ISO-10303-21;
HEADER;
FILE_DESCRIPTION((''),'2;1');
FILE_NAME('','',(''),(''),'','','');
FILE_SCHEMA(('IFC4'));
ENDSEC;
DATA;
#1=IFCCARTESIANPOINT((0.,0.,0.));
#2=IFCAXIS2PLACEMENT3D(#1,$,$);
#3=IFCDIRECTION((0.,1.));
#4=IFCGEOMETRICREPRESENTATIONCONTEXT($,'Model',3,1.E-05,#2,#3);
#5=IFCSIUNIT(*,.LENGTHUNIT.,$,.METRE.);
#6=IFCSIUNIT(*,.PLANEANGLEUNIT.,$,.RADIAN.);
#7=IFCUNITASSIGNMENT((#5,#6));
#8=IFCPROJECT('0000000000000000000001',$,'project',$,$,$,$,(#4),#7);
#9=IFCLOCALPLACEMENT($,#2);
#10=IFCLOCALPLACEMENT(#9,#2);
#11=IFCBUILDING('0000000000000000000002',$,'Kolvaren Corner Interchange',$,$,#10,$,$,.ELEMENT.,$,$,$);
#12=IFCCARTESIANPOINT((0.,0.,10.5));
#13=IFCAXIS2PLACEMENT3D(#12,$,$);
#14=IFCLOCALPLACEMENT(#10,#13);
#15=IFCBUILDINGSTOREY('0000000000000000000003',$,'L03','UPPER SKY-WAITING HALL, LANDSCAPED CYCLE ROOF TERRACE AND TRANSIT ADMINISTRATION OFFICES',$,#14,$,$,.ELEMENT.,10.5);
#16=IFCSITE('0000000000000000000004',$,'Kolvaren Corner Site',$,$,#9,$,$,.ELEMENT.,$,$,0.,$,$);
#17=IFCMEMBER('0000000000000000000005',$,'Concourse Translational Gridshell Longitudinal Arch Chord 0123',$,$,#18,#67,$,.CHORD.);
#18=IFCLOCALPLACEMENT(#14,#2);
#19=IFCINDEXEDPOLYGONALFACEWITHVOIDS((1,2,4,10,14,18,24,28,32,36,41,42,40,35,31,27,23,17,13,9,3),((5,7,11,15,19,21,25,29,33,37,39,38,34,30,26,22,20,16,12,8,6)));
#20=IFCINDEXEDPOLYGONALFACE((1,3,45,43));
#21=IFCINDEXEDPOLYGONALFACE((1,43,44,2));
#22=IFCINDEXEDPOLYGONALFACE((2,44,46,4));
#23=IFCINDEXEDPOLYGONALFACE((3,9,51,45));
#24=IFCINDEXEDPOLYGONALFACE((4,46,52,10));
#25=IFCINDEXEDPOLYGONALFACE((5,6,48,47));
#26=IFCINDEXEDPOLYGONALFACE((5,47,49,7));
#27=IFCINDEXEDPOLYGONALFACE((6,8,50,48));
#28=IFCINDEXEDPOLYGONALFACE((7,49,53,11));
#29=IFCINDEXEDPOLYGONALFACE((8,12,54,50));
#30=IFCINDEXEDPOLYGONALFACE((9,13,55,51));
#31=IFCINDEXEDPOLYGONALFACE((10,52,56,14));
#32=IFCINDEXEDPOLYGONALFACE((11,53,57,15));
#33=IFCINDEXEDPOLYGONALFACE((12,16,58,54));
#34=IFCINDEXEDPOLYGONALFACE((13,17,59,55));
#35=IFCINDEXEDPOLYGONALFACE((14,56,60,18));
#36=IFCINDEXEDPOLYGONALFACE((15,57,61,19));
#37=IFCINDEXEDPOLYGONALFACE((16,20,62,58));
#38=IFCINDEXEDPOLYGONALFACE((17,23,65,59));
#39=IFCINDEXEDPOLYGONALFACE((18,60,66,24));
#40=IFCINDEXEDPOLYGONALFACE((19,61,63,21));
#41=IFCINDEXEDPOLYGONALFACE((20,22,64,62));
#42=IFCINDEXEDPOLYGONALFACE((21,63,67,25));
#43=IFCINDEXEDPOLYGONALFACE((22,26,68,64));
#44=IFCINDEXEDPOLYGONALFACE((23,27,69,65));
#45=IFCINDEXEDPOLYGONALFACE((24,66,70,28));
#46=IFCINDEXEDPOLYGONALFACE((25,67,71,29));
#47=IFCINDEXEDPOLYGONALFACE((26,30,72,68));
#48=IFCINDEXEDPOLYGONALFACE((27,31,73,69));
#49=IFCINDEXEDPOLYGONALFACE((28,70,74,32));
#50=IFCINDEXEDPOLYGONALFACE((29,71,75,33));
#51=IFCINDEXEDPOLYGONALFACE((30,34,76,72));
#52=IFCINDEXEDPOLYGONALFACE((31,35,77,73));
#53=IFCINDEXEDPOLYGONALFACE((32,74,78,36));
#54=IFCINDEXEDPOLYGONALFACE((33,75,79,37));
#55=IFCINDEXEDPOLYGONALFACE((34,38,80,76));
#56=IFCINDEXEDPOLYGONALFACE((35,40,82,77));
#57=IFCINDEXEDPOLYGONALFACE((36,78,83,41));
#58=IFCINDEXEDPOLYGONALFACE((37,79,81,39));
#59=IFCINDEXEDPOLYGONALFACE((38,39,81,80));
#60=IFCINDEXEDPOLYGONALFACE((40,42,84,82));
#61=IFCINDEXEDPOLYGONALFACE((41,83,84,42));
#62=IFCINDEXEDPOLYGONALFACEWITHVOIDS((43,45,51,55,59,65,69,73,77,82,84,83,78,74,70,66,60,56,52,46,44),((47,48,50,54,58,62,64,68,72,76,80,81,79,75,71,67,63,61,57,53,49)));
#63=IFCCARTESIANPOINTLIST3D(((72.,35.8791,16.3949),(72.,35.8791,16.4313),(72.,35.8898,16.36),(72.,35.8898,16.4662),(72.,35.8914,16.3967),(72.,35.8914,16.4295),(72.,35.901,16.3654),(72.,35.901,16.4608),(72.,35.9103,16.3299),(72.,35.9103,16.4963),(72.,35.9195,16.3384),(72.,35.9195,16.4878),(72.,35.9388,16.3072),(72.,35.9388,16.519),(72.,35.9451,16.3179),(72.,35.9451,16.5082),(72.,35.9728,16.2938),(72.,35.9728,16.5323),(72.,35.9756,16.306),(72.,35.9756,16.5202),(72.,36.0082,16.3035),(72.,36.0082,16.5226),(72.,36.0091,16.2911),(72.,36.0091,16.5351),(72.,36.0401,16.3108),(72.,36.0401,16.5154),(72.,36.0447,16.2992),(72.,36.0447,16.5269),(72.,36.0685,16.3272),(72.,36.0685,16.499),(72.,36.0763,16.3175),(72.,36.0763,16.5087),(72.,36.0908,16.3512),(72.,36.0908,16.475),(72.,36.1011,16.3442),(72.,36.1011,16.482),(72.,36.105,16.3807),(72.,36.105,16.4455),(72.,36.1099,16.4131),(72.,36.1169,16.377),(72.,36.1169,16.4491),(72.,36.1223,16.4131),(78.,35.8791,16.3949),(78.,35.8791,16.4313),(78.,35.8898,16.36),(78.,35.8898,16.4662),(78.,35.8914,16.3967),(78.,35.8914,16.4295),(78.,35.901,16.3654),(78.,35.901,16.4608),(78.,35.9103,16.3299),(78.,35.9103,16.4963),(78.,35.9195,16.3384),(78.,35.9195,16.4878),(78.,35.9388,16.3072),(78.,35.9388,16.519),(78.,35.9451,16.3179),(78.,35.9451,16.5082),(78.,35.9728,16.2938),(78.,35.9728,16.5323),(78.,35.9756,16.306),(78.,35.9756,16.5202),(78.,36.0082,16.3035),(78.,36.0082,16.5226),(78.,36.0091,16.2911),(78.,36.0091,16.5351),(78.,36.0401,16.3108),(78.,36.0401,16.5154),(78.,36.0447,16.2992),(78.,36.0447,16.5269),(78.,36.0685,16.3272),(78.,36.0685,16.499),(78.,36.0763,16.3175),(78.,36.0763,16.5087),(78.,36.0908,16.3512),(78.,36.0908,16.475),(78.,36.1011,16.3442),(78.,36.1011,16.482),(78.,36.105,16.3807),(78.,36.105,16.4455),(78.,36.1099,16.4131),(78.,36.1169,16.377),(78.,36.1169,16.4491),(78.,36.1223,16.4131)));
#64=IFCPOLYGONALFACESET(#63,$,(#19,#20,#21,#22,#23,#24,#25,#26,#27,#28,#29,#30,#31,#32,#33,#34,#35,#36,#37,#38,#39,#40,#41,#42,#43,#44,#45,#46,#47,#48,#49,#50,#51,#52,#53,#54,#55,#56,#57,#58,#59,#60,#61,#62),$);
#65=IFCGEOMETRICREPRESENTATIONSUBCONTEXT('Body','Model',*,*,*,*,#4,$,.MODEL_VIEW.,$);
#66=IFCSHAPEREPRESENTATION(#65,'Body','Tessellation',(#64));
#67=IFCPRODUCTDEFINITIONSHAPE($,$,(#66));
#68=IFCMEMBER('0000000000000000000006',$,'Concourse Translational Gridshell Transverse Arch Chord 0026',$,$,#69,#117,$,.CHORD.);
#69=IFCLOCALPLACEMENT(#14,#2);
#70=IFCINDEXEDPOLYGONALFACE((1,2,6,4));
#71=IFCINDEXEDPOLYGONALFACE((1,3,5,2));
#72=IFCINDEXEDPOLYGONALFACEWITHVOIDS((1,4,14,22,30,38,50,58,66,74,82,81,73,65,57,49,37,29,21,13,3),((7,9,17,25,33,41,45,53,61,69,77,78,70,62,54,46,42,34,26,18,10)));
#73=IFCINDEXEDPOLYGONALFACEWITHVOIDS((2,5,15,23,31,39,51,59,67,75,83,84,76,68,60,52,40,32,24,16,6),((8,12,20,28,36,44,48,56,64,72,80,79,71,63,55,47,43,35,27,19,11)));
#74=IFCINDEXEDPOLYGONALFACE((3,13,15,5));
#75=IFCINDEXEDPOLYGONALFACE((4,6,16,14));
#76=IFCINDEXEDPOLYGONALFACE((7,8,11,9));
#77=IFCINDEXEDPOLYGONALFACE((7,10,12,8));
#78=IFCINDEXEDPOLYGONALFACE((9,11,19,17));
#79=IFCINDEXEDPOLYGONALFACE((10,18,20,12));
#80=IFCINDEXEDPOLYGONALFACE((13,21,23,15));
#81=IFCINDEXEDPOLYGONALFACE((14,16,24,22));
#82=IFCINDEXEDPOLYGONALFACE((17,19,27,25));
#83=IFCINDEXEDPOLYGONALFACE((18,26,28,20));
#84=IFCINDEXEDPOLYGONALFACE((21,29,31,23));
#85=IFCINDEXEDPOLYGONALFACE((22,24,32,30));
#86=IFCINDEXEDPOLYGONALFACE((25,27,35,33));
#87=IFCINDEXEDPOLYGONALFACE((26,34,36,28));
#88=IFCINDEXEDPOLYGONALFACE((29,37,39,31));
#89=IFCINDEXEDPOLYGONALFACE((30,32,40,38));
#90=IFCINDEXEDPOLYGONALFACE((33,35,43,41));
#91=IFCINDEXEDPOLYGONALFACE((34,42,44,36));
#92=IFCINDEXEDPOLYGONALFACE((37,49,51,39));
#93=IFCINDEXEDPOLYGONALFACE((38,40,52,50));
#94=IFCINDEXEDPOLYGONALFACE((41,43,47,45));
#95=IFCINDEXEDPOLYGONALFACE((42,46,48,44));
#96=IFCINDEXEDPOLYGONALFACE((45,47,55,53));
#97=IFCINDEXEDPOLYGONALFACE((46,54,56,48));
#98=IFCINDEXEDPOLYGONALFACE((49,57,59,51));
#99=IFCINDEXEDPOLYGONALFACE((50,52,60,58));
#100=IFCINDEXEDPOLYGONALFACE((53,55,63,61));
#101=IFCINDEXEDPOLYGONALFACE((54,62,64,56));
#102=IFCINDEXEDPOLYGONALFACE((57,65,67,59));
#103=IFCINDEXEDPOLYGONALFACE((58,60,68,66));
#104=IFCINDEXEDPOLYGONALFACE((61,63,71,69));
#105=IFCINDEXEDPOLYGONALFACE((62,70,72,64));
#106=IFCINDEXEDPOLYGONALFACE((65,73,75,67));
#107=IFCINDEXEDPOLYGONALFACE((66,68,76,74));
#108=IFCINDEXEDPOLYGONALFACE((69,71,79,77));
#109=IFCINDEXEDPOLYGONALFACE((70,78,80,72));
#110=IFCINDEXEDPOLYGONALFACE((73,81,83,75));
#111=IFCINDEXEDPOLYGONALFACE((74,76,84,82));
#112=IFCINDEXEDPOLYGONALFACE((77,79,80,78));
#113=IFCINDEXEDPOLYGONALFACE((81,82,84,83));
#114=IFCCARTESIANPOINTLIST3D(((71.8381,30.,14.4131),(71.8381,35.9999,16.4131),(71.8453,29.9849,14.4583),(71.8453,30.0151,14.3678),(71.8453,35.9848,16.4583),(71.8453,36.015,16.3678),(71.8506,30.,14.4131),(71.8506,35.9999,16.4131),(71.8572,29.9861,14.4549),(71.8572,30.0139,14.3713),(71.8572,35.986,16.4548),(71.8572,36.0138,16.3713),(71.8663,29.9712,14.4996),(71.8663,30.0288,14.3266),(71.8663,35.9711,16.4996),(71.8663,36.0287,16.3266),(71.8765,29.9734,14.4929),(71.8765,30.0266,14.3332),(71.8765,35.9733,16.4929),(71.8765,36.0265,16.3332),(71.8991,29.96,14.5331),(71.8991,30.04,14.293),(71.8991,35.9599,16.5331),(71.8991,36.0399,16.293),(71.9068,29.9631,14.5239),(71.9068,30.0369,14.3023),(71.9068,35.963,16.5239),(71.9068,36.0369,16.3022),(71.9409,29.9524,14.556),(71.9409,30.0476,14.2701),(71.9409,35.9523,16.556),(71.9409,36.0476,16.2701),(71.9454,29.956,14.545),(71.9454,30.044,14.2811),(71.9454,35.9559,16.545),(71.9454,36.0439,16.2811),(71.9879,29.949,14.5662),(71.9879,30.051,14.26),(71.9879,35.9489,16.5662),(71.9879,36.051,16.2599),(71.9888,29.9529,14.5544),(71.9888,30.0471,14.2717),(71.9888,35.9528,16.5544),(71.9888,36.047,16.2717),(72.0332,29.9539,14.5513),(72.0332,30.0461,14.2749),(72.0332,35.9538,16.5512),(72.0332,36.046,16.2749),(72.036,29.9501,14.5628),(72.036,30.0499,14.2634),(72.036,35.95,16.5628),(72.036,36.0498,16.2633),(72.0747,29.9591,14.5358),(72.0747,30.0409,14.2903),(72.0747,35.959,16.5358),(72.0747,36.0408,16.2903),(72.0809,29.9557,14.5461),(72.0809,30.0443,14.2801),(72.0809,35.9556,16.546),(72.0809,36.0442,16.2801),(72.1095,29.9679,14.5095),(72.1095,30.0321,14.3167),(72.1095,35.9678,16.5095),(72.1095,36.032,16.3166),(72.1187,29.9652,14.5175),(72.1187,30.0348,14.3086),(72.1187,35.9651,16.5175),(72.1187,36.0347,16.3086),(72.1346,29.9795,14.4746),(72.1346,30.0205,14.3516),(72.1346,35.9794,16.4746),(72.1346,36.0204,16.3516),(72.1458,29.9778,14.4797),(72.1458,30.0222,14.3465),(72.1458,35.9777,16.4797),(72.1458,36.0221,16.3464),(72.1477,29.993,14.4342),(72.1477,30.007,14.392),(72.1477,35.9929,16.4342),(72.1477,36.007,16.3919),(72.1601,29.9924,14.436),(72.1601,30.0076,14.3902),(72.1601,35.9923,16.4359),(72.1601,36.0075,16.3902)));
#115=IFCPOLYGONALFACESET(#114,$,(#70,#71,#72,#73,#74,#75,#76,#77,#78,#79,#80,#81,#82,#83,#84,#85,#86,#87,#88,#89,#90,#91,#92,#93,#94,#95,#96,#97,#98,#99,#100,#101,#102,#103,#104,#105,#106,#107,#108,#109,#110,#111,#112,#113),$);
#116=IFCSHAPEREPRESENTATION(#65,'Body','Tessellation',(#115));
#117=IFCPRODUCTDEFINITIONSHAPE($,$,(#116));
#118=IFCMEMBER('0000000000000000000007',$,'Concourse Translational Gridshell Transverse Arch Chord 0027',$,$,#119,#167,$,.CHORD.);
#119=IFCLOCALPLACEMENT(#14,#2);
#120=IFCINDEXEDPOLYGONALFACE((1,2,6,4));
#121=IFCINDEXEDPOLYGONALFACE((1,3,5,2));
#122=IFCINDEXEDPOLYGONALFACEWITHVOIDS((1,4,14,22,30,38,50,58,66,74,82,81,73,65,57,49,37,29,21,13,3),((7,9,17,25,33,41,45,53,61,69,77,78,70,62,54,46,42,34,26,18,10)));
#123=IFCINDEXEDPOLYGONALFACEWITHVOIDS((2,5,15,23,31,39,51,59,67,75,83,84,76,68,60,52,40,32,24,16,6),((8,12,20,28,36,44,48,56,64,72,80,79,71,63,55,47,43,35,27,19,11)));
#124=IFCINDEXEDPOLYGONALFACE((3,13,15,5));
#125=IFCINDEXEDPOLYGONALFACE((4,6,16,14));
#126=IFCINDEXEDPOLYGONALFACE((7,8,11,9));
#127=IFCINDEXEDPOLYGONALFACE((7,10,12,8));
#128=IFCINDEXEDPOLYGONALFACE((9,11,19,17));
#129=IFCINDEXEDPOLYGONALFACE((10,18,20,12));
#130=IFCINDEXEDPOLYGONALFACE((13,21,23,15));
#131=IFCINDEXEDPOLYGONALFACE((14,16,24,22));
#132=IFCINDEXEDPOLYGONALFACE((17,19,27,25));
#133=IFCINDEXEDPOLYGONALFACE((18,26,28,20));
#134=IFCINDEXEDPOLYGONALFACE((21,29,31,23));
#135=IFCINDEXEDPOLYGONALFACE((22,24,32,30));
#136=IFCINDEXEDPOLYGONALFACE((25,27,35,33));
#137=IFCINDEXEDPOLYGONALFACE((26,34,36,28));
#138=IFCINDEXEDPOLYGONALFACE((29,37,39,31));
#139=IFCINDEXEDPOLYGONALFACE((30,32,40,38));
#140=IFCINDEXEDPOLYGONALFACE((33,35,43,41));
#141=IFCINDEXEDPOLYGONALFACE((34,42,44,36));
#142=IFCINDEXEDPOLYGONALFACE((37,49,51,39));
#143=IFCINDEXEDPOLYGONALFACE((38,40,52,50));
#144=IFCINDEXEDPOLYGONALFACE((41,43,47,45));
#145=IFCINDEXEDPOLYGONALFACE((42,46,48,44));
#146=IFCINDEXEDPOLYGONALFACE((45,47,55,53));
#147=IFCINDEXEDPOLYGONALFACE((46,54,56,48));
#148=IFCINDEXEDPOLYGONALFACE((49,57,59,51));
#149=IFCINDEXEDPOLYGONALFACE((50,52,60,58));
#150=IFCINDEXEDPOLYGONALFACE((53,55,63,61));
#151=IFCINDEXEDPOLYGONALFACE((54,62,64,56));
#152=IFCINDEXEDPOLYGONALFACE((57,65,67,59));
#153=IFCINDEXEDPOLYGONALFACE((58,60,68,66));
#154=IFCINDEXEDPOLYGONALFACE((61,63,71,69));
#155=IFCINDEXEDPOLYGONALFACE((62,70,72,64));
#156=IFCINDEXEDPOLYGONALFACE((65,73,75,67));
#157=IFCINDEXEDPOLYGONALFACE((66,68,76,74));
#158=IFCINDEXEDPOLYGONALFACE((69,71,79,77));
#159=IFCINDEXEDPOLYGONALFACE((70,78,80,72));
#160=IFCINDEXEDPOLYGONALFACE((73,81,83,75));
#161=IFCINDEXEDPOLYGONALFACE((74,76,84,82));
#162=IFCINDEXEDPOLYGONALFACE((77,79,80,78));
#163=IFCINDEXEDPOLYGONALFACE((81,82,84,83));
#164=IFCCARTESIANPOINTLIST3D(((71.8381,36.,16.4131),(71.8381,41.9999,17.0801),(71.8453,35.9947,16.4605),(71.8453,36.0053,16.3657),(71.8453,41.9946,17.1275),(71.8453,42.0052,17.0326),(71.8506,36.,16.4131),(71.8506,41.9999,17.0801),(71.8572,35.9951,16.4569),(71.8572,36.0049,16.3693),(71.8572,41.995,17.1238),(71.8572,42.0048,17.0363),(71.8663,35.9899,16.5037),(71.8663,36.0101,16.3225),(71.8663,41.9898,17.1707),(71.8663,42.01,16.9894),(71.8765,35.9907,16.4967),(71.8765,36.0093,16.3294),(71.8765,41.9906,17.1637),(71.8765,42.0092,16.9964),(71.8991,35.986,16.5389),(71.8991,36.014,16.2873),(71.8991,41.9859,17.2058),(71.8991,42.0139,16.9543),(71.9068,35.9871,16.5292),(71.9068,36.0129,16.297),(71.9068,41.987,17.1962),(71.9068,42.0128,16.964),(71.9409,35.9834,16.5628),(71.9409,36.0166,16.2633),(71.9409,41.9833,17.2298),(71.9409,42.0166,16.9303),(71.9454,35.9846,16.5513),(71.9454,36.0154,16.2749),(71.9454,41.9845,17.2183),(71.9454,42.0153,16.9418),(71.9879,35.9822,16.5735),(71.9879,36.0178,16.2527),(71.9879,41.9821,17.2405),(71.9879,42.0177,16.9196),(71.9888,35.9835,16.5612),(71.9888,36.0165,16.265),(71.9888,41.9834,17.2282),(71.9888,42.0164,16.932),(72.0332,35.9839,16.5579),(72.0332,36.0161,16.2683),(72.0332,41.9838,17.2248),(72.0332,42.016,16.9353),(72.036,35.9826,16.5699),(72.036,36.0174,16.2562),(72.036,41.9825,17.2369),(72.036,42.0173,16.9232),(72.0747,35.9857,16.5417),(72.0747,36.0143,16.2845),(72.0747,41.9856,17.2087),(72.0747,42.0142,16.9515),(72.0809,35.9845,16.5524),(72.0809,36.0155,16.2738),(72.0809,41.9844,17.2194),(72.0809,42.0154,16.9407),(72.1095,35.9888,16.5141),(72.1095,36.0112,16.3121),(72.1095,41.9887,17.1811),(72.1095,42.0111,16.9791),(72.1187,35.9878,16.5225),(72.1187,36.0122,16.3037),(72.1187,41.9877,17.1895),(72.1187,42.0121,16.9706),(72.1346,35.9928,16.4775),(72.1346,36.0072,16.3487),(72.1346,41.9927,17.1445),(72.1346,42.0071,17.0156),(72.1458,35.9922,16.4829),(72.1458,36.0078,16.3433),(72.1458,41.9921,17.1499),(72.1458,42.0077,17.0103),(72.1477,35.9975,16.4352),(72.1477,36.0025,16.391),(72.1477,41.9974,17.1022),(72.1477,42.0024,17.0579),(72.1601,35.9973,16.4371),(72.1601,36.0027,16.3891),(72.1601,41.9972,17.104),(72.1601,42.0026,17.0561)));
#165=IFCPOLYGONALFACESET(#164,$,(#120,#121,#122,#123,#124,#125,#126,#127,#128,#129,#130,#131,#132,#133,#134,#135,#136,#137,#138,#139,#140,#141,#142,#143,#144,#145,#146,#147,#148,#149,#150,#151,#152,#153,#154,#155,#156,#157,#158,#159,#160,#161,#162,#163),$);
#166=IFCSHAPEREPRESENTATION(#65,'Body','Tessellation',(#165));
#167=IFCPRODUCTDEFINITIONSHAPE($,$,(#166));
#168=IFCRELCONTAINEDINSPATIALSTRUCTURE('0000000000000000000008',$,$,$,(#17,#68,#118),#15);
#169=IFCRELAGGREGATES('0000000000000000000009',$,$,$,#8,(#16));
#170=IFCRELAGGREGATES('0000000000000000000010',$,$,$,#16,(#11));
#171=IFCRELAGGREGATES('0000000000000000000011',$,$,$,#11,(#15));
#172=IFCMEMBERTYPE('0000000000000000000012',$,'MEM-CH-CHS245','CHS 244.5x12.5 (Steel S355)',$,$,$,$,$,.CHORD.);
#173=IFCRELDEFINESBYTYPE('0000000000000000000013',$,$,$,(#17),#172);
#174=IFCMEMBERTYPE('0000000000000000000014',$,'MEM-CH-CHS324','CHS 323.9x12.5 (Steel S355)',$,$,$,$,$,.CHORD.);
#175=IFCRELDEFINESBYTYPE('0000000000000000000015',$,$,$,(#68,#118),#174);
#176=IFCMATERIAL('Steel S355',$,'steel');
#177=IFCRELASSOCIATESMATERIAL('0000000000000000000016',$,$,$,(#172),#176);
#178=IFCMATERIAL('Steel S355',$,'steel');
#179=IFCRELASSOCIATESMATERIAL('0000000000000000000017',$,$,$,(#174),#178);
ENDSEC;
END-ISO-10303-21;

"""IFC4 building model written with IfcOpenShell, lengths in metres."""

from ifc_helpers import new_model, si_unit, direction, frame, origin, origin_2d, place, context, subcontext, project, spatial, hollow_circle, extrude, material, material_profile, profile_set, type_object, element, save


model = new_model("IFC4")

# Units and contexts
model_context = context("Model", 3, precision=1e-05, world=origin(), true_north=direction((0.0, 1.0)))
body_context = subcontext(model_context, "Body", "Model", "MODEL_VIEW")
ifc_project = project(units=[si_unit("LENGTHUNIT", "METRE"), si_unit("PLANEANGLEUNIT", "RADIAN")], contexts=[model_context])

# Site, building, storey
site_placement = place(None, origin())
site = spatial("IfcSite", under=ifc_project, at=site_placement, Name="Kolvaren Corner Site", CompositionType="ELEMENT", RefElevation=0.0)
building_placement = place(site_placement, origin())
building = spatial("IfcBuilding", under=site, at=building_placement, Name="Kolvaren Corner Interchange", CompositionType="ELEMENT")
storey_placement = place(building_placement, frame((0.0, 0.0, 10.5)))
storey = spatial("IfcBuildingStorey", under=building, at=storey_placement, Name="L03", Description="UPPER SKY-WAITING HALL, LANDSCAPED CYCLE ROOF TERRACE AND TRANSIT ADMINISTRATION OFFICES", CompositionType="ELEMENT", Elevation=10.5)

# Members
ifc_material_1 = material(Name="Steel S355", Category="steel")
ifc_material_profile_1 = material_profile(ifc_material_1, hollow_circle(Radius=0.1223, WallThickness=0.0125, at=origin_2d()), Name="CHS 244.5x12.5")
ifc_profile_set_1 = profile_set([ifc_material_profile_1], Name="Steel S355")
member_type_1 = type_object("IfcMemberType", Name="MEM-CH-CHS245", Description="CHS 244.5x12.5 (Steel S355)", PredefinedType="CHORD", material=ifc_profile_set_1)
for number, where, z_axis, x_axis, name in (
    (1, (72.0, 36.0, 16.4131), (1.0, 0.0, 0.0), (0.0, 1.0, 0.0), "Concourse Translational Gridshell Longitudinal Arch Chord 0123"),
):
    element("IfcMember", number, at=place(storey_placement, frame(where, z_axis=z_axis, x_axis=x_axis)), inside=storey, type_object=member_type_1, Name=name, PredefinedType="CHORD", context=body_context, shape_type="SweptSolid", body=[
        extrude(hollow_circle(Radius=0.1223, WallThickness=0.0125, at=origin_2d()), origin(), (0.0, 0.0, 1.0), 6.0),
    ])
ifc_material_2 = material(Name="Steel S355", Category="steel")
ifc_material_profile_2 = material_profile(ifc_material_2, hollow_circle(Radius=0.1619, WallThickness=0.0125, at=origin_2d()), Name="CHS 323.9x12.5")
ifc_profile_set_2 = profile_set([ifc_material_profile_2], Name="Steel S355")
member_type_2 = type_object("IfcMemberType", Name="MEM-CH-CHS324", Description="CHS 323.9x12.5 (Steel S355)", PredefinedType="CHORD", material=ifc_profile_set_2)
member_1_placement = place(storey_placement, frame((72.0, 30.0, 14.4131), z_axis=(0.0, 0.948683, 0.316228), x_axis=(-1.0, 0.0, 0.0)))
element("IfcMember", 2, at=member_1_placement, inside=storey, type_object=member_type_2, Name="Concourse Translational Gridshell Transverse Arch Chord 0026", PredefinedType="CHORD", context=body_context, shape_type="SweptSolid", body=[
    extrude(hollow_circle(Radius=0.1619, WallThickness=0.0125, at=origin_2d()), origin(), (0.0, 0.0, 1.0), 6.3245),
])
member_2_placement = place(storey_placement, frame((72.0, 36.0, 16.4131), z_axis=(0.0, 0.993878, 0.110485), x_axis=(-1.0, 0.0, 0.0)))
element("IfcMember", 3, at=member_2_placement, inside=storey, type_object=member_type_2, Name="Concourse Translational Gridshell Transverse Arch Chord 0027", PredefinedType="CHORD", context=body_context, shape_type="SweptSolid", body=[
    extrude(hollow_circle(Radius=0.1619, WallThickness=0.0125, at=origin_2d()), origin(), (0.0, 0.0, 1.0), 6.0369),
])

save(model, "model.ifc")
